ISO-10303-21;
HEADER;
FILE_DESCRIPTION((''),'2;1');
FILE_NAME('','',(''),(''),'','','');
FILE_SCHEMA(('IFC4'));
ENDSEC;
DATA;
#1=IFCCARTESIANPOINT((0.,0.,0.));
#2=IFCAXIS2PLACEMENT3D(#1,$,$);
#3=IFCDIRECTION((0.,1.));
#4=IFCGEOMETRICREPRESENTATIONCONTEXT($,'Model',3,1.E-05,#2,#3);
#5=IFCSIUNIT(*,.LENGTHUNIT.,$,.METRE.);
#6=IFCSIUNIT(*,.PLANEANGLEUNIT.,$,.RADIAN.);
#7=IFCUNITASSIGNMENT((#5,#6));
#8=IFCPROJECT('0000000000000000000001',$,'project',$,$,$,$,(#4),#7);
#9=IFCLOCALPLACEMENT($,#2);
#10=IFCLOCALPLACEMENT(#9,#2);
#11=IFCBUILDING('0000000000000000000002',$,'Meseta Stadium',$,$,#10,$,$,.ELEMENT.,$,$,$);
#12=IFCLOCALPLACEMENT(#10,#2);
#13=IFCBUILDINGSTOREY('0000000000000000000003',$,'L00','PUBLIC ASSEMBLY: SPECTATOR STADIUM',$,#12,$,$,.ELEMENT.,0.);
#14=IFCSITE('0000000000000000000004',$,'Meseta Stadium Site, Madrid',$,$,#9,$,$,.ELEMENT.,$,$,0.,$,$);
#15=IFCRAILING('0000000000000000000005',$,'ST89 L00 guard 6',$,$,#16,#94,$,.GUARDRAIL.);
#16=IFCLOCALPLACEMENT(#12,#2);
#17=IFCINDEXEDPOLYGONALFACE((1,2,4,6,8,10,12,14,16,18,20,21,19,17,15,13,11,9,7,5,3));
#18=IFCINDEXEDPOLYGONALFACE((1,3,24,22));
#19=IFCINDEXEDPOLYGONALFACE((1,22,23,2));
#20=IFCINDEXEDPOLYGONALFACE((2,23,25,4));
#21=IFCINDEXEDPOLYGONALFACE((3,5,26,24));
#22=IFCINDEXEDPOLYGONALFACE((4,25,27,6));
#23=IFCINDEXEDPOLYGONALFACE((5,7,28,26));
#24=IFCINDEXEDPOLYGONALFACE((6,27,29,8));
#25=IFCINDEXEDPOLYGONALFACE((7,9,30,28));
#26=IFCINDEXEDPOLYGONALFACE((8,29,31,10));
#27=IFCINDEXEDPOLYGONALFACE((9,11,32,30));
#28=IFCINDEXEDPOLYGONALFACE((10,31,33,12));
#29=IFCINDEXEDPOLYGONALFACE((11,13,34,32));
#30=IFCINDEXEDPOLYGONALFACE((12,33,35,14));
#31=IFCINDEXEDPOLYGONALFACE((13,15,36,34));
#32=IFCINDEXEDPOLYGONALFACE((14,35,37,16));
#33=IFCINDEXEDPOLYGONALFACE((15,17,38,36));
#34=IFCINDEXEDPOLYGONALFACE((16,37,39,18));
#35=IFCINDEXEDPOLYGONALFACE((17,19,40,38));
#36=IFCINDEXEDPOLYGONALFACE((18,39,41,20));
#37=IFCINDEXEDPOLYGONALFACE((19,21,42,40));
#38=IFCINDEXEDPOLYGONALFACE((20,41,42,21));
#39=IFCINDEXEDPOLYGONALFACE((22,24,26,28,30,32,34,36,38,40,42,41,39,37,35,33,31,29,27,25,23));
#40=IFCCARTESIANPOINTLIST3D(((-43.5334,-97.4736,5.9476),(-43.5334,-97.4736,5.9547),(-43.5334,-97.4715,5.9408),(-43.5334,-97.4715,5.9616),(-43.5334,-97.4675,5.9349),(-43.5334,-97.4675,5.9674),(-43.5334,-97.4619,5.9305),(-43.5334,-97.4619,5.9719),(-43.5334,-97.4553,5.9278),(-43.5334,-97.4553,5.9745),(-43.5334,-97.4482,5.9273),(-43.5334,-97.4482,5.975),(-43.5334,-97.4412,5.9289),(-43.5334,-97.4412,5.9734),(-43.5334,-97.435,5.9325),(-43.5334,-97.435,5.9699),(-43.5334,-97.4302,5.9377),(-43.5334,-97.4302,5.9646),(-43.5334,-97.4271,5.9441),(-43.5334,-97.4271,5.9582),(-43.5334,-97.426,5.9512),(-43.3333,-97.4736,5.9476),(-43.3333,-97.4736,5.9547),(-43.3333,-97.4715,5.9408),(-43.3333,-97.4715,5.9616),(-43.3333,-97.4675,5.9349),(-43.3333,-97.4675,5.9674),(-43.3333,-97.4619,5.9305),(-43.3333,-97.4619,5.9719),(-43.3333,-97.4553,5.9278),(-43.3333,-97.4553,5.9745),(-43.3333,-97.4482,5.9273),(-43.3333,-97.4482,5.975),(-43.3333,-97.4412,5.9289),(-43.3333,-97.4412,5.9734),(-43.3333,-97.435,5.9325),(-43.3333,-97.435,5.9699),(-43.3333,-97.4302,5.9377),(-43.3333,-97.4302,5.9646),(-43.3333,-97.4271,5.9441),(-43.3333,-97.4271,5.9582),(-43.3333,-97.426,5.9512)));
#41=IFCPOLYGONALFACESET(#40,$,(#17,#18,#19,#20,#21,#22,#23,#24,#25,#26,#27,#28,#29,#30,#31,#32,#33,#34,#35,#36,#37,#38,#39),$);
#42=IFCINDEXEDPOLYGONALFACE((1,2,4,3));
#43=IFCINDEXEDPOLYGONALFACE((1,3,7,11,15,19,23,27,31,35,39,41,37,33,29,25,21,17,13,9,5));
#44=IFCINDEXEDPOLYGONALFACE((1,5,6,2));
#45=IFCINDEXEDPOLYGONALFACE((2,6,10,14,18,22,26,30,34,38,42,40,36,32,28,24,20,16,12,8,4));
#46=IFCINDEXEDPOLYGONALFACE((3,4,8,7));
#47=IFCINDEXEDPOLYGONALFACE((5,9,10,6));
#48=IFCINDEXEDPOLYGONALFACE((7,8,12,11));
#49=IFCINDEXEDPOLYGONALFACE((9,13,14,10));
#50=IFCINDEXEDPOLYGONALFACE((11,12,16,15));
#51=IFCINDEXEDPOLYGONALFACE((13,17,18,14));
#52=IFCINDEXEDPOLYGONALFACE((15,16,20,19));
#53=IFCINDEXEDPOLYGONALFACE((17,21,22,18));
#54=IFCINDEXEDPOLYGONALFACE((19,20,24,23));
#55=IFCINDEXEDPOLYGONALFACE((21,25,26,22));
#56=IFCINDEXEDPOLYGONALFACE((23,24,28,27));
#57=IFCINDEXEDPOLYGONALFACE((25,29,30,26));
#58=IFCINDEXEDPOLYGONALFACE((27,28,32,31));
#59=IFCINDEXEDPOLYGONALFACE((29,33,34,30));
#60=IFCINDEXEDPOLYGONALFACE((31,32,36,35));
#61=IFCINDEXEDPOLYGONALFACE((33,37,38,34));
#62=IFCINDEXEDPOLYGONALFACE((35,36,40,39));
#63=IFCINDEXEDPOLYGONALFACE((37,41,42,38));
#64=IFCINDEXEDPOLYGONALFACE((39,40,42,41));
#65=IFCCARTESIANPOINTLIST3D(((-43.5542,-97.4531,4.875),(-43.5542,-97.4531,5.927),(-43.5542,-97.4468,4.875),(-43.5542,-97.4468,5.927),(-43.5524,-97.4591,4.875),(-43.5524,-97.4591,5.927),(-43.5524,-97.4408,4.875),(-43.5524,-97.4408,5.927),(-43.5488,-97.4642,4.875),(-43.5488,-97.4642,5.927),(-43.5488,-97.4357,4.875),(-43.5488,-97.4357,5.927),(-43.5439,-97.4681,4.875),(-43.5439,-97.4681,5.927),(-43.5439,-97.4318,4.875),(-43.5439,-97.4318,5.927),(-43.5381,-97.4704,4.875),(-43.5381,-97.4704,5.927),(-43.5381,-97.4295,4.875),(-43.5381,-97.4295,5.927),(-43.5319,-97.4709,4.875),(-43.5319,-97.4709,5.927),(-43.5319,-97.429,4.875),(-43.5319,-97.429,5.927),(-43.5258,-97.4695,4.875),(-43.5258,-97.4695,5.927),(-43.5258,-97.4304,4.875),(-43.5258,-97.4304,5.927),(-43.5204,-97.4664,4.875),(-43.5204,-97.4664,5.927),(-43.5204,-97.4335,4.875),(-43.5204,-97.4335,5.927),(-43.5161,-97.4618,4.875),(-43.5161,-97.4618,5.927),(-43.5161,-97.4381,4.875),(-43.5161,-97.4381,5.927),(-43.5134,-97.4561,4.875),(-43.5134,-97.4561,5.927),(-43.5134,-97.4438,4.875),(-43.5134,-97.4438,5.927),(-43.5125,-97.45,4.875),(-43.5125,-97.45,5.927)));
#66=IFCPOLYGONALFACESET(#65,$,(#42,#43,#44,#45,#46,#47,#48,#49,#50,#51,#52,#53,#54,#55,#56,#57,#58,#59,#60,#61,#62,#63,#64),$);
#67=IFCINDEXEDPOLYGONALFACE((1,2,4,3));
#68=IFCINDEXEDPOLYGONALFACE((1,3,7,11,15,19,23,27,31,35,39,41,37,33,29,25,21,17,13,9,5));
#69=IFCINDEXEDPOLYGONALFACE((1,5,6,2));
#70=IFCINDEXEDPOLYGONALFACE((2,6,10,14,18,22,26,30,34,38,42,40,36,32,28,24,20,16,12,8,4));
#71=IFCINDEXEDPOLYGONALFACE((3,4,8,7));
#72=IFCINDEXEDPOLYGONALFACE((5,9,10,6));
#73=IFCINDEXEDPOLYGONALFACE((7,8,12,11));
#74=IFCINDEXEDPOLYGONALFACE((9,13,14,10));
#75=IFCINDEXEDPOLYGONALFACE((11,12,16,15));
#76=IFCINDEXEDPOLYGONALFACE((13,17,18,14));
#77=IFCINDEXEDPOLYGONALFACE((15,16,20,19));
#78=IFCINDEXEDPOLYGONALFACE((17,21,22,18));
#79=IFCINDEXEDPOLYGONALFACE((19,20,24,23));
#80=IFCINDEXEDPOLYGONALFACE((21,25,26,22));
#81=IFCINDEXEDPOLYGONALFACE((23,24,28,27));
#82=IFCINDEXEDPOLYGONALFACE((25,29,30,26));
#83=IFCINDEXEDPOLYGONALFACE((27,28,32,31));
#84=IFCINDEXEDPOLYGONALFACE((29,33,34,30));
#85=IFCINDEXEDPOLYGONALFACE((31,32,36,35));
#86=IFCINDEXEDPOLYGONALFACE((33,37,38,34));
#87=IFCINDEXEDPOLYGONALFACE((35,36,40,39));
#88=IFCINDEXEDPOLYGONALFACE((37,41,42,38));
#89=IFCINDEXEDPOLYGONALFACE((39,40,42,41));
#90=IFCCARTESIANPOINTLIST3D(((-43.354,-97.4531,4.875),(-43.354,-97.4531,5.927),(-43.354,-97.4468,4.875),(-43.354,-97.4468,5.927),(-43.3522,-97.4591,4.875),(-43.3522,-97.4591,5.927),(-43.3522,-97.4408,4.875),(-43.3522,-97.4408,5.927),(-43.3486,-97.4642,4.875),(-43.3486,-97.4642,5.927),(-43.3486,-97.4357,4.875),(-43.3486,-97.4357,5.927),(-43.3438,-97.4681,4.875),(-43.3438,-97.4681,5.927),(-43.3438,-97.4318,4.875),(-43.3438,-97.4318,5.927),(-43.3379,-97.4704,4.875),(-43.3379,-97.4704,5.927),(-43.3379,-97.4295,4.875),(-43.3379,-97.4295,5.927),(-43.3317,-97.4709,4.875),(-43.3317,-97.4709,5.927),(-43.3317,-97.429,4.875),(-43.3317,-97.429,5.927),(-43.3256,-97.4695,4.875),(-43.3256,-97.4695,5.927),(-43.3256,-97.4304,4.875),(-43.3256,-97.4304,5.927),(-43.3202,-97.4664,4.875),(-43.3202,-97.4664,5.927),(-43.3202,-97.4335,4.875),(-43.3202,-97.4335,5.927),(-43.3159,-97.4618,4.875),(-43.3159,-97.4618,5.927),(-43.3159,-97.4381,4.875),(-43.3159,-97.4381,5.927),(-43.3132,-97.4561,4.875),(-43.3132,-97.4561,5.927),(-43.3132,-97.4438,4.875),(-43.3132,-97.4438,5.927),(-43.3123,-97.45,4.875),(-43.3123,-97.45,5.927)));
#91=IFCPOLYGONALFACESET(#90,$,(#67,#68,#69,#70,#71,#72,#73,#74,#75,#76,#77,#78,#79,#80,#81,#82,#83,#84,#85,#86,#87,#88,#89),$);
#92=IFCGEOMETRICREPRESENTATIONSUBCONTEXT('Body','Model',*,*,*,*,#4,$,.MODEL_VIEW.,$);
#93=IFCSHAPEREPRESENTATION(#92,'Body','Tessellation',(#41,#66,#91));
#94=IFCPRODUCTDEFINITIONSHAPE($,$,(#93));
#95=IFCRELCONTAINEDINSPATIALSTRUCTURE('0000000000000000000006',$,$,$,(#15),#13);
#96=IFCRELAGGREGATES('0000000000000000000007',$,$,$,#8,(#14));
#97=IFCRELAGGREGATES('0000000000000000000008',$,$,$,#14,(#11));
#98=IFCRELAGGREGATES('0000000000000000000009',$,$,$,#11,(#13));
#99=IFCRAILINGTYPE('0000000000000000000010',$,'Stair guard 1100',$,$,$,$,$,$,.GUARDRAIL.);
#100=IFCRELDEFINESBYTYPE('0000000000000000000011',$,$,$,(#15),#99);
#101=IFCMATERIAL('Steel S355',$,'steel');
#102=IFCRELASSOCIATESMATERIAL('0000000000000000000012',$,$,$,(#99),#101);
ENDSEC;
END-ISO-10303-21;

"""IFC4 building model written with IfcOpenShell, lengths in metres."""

from ifc_helpers import new_model, si_unit, direction, frame, origin, origin_2d, place, context, subcontext, project, spatial, circle, extrude, material, type_object, element, save


model = new_model("IFC4")

# Units and contexts
model_context = context("Model", 3, precision=1e-05, world=origin(), true_north=direction((0.0, 1.0)))
body_context = subcontext(model_context, "Body", "Model", "MODEL_VIEW")
ifc_project = project(units=[si_unit("LENGTHUNIT", "METRE"), si_unit("PLANEANGLEUNIT", "RADIAN")], contexts=[model_context])

# Site, building, storey
site_placement = place(None, origin())
site = spatial("IfcSite", under=ifc_project, at=site_placement, Name="Meseta Stadium Site, Madrid", CompositionType="ELEMENT", RefElevation=0.0)
building_placement = place(site_placement, origin())
building = spatial("IfcBuilding", under=site, at=building_placement, Name="Meseta Stadium", CompositionType="ELEMENT")
storey_placement = place(building_placement, origin())
storey = spatial("IfcBuildingStorey", under=building, at=storey_placement, Name="L00", Description="PUBLIC ASSEMBLY: SPECTATOR STADIUM", CompositionType="ELEMENT", Elevation=0.0)

# Railing
ifc_material_1 = material(Name="Steel S355", Category="steel")
railing_type_1 = type_object("IfcRailingType", Name="Stair guard 1100", PredefinedType="GUARDRAIL", material=ifc_material_1)
railing_1_placement = place(storey_placement, frame((-43.5334, -97.45, 4.875)))
element("IfcRailing", 1, at=railing_1_placement, inside=storey, type_object=railing_type_1, Name="ST89 L00 guard 6", PredefinedType="GUARDRAIL", context=body_context, shape_type="SweptSolid", body=[
    extrude(circle(Radius=0.0239, at=origin_2d()), frame((0.0, 0.0, 1.0762), z_axis=(1.0, 0.0, 0.0), x_axis=(0.0, 1.0, 0.0)), (0.0, 0.0, 1.0), 0.2002),
    extrude(circle(Radius=0.021, at=origin_2d()), origin(), (0.0, 0.0, 1.0), 1.052),
    extrude(circle(Radius=0.021, at=origin_2d()), frame((0.2002, 0.0, 0.0)), (0.0, 0.0, 1.0), 1.052),
])

save(model, "model.ifc")
